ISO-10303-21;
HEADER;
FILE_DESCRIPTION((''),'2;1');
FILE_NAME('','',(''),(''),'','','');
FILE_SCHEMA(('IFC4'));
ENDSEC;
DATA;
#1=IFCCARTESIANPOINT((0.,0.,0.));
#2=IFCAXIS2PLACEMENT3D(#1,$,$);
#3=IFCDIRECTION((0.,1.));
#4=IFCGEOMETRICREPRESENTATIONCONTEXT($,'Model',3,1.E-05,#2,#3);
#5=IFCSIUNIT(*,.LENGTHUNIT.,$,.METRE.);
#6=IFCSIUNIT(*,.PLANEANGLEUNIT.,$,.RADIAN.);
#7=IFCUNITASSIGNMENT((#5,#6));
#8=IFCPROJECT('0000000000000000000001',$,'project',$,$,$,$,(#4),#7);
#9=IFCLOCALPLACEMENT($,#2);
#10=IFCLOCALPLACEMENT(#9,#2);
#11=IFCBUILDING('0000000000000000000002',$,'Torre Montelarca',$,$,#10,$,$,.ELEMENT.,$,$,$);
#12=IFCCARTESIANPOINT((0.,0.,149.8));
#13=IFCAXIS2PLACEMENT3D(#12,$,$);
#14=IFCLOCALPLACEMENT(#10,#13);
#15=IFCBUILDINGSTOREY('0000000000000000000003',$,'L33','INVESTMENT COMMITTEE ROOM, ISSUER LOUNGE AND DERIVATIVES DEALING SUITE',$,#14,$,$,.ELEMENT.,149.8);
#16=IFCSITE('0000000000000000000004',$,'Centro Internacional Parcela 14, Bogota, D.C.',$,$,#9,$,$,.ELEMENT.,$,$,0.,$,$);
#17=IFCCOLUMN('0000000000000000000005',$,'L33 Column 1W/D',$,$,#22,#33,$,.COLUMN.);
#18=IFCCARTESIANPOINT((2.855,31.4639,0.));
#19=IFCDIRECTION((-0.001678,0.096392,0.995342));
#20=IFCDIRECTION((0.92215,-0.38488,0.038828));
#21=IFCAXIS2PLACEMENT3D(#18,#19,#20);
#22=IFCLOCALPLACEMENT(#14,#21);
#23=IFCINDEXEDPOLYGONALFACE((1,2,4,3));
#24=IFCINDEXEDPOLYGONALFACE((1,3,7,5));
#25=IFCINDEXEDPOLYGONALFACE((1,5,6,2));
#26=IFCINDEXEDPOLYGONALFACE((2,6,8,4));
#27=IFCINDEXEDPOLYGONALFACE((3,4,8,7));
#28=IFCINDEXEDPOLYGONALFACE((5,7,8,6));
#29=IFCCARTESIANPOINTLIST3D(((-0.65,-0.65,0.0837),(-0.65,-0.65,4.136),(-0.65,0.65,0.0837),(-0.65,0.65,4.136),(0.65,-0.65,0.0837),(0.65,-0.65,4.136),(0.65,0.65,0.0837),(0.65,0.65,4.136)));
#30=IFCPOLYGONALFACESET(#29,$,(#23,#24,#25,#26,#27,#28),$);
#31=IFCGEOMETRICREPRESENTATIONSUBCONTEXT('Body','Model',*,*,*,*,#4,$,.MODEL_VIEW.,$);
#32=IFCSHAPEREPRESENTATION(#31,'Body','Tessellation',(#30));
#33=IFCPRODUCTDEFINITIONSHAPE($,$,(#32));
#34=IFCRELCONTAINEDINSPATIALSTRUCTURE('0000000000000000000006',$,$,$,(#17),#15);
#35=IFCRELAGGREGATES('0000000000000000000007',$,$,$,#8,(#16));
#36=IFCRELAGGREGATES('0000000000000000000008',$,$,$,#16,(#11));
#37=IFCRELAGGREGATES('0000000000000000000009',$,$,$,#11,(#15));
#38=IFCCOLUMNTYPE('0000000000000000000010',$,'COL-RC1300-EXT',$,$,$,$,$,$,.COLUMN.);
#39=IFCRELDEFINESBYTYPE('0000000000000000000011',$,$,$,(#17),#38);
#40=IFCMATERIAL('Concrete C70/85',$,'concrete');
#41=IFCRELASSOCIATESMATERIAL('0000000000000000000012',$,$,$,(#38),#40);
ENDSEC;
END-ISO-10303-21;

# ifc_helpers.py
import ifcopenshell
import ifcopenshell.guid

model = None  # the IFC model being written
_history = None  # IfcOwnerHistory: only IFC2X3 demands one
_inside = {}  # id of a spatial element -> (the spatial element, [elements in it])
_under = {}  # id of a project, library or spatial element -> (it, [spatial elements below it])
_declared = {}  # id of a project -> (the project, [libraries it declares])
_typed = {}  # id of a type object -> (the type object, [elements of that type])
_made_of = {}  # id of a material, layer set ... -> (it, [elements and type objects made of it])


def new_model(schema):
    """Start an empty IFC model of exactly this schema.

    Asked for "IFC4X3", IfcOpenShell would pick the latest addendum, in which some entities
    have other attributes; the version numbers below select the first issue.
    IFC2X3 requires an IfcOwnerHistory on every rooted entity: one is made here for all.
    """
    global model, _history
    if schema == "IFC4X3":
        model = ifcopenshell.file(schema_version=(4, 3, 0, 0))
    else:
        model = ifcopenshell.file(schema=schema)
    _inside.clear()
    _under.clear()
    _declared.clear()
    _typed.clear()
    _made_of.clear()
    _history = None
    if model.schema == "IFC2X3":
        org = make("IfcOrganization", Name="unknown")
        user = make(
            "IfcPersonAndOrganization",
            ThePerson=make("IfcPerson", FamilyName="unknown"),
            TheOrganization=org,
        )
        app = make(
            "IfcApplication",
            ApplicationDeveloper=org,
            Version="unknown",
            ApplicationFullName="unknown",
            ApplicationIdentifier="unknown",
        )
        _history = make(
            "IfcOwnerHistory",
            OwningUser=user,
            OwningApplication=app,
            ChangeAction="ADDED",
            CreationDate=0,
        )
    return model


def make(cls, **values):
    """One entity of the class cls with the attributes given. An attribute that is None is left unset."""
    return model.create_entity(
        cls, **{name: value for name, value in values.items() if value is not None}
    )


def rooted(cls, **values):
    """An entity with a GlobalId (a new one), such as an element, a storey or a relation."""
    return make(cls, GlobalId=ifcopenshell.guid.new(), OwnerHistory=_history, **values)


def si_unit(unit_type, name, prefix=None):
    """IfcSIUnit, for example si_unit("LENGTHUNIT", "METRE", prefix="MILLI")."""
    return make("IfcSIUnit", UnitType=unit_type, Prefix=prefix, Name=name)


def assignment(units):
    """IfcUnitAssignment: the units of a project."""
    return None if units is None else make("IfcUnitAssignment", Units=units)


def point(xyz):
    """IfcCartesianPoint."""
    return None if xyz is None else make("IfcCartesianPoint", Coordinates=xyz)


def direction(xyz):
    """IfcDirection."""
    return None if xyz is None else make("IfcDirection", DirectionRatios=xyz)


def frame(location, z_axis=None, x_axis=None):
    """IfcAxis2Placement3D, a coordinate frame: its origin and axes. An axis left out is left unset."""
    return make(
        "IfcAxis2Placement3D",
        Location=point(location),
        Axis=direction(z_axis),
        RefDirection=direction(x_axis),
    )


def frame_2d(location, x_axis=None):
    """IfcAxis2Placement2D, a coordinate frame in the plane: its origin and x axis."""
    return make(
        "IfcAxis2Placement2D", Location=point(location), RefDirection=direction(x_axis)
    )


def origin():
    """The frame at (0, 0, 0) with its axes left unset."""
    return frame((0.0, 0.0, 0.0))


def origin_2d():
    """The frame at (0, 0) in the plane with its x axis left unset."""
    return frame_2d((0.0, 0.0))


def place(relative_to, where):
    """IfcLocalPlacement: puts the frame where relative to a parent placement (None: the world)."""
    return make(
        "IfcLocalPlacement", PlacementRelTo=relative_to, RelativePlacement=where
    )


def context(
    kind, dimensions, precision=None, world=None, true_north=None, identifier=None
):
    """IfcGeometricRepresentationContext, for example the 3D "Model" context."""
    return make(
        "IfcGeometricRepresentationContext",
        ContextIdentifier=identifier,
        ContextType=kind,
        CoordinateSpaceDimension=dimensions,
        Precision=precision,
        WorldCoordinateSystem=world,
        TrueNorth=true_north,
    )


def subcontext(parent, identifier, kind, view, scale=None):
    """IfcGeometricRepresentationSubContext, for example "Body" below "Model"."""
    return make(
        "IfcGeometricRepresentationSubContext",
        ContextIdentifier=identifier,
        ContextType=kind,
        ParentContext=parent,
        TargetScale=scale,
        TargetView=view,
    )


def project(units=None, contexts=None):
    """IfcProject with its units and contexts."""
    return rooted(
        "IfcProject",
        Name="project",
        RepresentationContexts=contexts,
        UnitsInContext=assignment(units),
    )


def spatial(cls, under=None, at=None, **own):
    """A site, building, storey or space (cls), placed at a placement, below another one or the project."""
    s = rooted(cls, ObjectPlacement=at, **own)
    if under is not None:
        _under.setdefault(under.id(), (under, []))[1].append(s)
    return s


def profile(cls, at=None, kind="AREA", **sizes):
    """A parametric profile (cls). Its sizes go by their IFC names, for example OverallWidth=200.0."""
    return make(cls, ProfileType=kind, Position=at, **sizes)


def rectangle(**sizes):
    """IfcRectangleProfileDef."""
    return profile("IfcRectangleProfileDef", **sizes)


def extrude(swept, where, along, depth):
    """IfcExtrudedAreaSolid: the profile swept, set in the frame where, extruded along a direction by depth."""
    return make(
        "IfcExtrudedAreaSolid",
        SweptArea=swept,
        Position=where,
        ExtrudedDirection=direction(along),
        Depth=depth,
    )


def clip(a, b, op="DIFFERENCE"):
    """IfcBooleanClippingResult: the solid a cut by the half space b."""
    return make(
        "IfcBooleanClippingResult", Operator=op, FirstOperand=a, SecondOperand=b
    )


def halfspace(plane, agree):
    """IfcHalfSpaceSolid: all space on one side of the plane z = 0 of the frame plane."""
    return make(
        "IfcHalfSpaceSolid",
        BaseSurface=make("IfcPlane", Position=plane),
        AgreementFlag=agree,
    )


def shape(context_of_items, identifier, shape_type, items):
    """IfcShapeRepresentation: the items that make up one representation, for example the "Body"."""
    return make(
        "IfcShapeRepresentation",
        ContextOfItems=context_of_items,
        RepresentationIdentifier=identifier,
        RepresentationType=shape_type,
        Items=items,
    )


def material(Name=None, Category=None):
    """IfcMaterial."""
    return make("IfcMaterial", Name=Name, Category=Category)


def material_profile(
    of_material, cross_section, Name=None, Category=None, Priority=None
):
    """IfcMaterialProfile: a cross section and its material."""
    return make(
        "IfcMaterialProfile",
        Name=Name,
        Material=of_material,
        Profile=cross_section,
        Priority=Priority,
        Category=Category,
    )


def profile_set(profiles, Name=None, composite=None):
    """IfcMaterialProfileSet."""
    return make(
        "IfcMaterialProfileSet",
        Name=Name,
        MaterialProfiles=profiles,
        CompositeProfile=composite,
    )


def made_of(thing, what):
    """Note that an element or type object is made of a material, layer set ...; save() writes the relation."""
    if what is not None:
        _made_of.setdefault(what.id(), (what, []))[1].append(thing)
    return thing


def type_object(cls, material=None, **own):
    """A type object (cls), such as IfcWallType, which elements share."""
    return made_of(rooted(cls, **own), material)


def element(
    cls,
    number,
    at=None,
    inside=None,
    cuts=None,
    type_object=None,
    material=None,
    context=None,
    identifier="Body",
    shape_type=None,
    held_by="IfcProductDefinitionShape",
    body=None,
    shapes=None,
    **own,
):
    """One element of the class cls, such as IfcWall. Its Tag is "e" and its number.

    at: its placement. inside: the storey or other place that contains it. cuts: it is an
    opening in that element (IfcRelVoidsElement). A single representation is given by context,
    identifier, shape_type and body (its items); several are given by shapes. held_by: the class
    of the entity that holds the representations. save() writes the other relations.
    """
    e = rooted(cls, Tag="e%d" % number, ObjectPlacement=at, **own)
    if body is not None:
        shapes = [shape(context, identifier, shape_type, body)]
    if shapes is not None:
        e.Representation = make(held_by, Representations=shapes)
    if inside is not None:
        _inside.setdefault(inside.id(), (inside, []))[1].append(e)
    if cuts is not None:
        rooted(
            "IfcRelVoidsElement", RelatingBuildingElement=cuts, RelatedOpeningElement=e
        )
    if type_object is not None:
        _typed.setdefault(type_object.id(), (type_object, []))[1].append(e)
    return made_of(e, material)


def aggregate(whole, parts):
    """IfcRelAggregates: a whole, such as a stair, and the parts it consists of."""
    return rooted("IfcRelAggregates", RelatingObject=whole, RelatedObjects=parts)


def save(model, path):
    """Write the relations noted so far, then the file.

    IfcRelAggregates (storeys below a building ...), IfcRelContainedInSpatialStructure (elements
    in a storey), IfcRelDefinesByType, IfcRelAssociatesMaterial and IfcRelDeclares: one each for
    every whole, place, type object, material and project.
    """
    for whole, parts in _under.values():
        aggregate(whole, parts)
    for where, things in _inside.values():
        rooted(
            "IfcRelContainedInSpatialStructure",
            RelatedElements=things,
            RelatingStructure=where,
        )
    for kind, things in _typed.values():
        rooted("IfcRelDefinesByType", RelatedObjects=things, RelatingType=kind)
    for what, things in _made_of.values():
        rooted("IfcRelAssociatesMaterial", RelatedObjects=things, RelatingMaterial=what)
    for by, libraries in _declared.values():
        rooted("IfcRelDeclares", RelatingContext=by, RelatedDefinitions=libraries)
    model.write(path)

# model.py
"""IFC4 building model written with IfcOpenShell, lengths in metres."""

from ifc_helpers import new_model, si_unit, direction, frame, origin, origin_2d, place, context, subcontext, project, spatial, rectangle, extrude, clip, halfspace, material, material_profile, profile_set, type_object, element, save


model = new_model("IFC4")

# Units and contexts
model_context = context("Model", 3, precision=1e-05, world=origin(), true_north=direction((0.0, 1.0)))
body_context = subcontext(model_context, "Body", "Model", "MODEL_VIEW")
ifc_project = project(units=[si_unit("LENGTHUNIT", "METRE"), si_unit("PLANEANGLEUNIT", "RADIAN")], contexts=[model_context])

# Site, building, storey
site_placement = place(None, origin())
site = spatial("IfcSite", under=ifc_project, at=site_placement, Name="Centro Internacional Parcela 14, Bogota, D.C.", CompositionType="ELEMENT", RefElevation=0.0)
building_placement = place(site_placement, origin())
building = spatial("IfcBuilding", under=site, at=building_placement, Name="Torre Montelarca", CompositionType="ELEMENT")
storey_placement = place(building_placement, frame((0.0, 0.0, 149.8)))
storey = spatial("IfcBuildingStorey", under=building, at=storey_placement, Name="L33", Description="INVESTMENT COMMITTEE ROOM, ISSUER LOUNGE AND DERIVATIVES DEALING SUITE", CompositionType="ELEMENT", Elevation=149.8)

# Column
ifc_material_1 = material(Name="Concrete C70/85", Category="concrete")
ifc_material_profile_1 = material_profile(ifc_material_1, rectangle(XDim=1.3, YDim=1.3, at=origin_2d()), Name="RC1300X1300", Category="concrete")
ifc_profile_set_1 = profile_set([ifc_material_profile_1], Name="Concrete C70/85")
column_type = type_object("IfcColumnType", Name="COL-RC1300-EXT", PredefinedType="COLUMN", material=ifc_profile_set_1)
column_placement = place(storey_placement, frame((2.855, 31.4639, 0.0), z_axis=(-0.001678, 0.096392, 0.995342), x_axis=(0.92215, -0.38488, 0.038828)))
element("IfcColumn", 1, at=column_placement, inside=storey, type_object=column_type, Name="L33 Column 1W/D", PredefinedType="COLUMN", context=body_context, shape_type="Clipping", body=[
    clip(clip(extrude(rectangle(XDim=1.3, YDim=1.3, at=origin_2d()), origin(), (0.0, 0.0, 1.0), 4.2197), halfspace(frame((0.0, 0.0, 0.0837), z_axis=(0.0, 0.0, -1.0), x_axis=(1.0, 0.0, 0.0)), False)), halfspace(frame((0.0, 0.0, 4.136), z_axis=(0.0, 0.0, 1.0), x_axis=(1.0, 0.0, 0.0)), False)),
])

save(model, "model.ifc")
